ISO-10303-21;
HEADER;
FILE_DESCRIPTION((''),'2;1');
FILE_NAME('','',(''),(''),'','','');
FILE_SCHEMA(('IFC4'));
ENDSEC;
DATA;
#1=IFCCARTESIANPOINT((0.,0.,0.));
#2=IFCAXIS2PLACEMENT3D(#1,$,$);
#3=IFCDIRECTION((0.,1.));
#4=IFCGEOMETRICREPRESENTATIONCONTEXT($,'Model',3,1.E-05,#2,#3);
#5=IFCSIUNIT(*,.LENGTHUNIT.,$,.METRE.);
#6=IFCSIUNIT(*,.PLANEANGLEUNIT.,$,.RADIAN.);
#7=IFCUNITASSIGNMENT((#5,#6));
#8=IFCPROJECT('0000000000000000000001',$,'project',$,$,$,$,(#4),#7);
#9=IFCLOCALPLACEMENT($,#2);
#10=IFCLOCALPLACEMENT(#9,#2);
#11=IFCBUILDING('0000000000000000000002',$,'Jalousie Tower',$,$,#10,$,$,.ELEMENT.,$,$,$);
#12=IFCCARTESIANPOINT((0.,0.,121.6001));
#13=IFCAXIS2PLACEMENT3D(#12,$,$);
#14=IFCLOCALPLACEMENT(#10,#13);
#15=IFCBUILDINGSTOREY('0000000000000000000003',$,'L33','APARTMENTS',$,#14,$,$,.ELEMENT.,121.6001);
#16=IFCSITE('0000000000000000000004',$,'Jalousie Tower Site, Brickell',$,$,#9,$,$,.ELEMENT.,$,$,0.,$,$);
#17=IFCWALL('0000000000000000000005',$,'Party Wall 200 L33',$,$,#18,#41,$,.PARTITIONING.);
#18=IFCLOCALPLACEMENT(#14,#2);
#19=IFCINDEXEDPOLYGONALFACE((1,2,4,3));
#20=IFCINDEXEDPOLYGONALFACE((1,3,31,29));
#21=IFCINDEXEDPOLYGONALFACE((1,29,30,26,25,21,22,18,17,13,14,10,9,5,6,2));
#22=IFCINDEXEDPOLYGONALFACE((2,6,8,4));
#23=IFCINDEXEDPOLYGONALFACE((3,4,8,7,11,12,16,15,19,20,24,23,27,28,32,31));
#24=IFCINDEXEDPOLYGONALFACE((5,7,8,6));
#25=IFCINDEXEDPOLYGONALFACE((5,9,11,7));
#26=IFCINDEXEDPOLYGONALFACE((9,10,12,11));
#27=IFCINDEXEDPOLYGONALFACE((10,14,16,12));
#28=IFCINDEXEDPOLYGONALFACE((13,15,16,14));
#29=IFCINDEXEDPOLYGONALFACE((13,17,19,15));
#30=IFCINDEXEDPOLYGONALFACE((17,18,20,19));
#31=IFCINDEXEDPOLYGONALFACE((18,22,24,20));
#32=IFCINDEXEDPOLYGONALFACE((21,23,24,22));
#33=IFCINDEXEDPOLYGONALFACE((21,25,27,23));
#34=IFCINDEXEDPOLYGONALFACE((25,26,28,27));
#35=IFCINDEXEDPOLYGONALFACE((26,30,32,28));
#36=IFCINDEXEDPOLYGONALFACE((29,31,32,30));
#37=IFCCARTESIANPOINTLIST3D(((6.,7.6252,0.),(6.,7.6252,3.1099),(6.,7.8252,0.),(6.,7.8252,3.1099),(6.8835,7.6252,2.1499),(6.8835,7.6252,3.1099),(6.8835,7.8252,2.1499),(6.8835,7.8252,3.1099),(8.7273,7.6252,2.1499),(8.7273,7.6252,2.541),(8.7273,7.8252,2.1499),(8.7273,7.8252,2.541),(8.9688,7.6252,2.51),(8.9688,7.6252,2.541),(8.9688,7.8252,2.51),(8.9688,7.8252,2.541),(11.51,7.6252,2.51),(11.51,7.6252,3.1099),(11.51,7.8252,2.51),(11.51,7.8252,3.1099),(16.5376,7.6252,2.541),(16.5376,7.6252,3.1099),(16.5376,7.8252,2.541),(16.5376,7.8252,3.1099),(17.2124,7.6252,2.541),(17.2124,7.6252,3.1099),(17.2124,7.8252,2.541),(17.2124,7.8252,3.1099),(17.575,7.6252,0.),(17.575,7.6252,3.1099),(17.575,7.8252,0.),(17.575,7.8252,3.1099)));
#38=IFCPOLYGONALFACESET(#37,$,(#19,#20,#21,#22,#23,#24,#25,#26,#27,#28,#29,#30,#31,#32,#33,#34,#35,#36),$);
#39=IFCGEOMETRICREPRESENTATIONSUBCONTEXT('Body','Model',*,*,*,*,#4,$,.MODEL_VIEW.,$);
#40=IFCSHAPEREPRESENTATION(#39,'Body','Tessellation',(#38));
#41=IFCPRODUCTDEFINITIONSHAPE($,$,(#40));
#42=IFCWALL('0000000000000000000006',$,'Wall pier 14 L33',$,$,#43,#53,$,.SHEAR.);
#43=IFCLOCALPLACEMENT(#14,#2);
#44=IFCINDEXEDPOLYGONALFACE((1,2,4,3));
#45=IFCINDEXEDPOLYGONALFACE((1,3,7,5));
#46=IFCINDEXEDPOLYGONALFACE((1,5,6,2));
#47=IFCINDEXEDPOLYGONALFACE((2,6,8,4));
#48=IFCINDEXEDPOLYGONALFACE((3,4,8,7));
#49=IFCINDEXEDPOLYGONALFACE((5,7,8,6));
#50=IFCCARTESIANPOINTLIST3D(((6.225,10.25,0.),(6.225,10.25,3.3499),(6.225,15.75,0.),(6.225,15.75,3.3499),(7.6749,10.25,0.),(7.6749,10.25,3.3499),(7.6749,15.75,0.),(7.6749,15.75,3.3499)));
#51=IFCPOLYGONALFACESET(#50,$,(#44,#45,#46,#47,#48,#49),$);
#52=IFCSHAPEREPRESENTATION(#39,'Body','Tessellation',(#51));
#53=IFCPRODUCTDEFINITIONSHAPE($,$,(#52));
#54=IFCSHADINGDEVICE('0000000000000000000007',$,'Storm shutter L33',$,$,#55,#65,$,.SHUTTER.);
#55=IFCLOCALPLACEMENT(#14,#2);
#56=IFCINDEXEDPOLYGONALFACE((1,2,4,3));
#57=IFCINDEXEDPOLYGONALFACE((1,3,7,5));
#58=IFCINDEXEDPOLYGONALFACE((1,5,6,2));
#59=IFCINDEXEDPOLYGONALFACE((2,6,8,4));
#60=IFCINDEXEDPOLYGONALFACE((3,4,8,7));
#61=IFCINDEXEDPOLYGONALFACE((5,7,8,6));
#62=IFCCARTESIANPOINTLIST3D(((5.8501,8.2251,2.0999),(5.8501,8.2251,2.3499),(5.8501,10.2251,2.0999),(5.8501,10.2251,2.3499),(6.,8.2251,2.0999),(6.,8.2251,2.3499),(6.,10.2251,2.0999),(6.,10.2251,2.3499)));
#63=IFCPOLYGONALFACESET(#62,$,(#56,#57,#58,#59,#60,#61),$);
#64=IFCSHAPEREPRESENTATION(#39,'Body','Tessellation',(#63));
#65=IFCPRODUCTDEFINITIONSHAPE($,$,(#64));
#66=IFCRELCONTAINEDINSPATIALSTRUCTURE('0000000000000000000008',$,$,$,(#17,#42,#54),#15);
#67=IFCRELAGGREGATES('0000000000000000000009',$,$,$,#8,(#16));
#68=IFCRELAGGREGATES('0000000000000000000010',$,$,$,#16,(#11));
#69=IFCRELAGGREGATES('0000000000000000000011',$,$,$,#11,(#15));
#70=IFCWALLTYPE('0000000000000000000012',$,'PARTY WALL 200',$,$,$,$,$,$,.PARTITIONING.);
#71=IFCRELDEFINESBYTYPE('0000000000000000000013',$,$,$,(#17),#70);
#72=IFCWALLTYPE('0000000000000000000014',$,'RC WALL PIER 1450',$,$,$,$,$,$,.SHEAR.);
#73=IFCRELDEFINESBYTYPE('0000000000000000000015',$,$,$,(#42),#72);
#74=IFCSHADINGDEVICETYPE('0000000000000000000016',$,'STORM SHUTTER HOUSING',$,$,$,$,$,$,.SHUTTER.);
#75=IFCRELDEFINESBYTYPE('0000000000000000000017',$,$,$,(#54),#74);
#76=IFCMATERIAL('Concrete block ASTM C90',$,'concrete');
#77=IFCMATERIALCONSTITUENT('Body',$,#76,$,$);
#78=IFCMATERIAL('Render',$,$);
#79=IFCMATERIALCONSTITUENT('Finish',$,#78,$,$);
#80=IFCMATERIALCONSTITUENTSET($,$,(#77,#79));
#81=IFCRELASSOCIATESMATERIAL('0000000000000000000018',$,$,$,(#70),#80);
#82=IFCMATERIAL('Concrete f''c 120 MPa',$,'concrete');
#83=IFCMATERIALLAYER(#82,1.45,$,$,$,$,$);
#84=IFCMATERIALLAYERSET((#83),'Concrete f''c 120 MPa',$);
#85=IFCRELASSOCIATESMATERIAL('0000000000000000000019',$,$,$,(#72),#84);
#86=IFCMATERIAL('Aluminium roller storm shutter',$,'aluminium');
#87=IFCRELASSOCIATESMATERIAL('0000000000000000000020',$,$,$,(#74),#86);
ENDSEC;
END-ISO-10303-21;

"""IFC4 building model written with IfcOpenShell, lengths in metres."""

from ifc_helpers import new_model, si_unit, direction, frame, frame_2d, origin, origin_2d, place, context, subcontext, project, spatial, polyline, rectangle, outline, extrude, material, layer, layer_set, constituent, constituent_set, type_object, element, save


model = new_model("IFC4")

# Units and contexts
model_context = context("Model", 3, precision=1e-05, world=origin(), true_north=direction((0.0, 1.0)))
body_context = subcontext(model_context, "Body", "Model", "MODEL_VIEW")
ifc_project = project(units=[si_unit("LENGTHUNIT", "METRE"), si_unit("PLANEANGLEUNIT", "RADIAN")], contexts=[model_context])

# Site, building, storey
site_placement = place(None, origin())
site = spatial("IfcSite", under=ifc_project, at=site_placement, Name="Jalousie Tower Site, Brickell", CompositionType="ELEMENT", RefElevation=0.0)
building_placement = place(site_placement, origin())
building = spatial("IfcBuilding", under=site, at=building_placement, Name="Jalousie Tower", CompositionType="ELEMENT")
storey_placement = place(building_placement, frame((0.0, 0.0, 121.6001)))
storey = spatial("IfcBuildingStorey", under=building, at=storey_placement, Name="L33", Description="APARTMENTS", CompositionType="ELEMENT", Elevation=121.6001)

# Walls
ifc_material_1 = material(Name="Concrete block ASTM C90", Category="concrete")
ifc_constituent_1 = constituent(ifc_material_1, Name="Body")
ifc_material_2 = material(Name="Render")
ifc_constituent_2 = constituent(ifc_material_2, Name="Finish")
ifc_constituent_set_1 = constituent_set(constituents=[ifc_constituent_1, ifc_constituent_2])
wall_type_1 = type_object("IfcWallType", Name="PARTY WALL 200", PredefinedType="PARTITIONING", material=ifc_constituent_set_1)
wall_1_placement = place(storey_placement, frame((6.0, 7.7251, 0.0), z_axis=(0.0, 0.0, 1.0), x_axis=(1.0, 0.0, 0.0)))
element("IfcWall", 1, at=wall_1_placement, inside=storey, type_object=wall_type_1, Name="Party Wall 200 L33", PredefinedType="PARTITIONING", context=body_context, shape_type="SweptSolid", body=[
    extrude(outline(polyline([(0.0, 0.0), (11.575, 0.0), (11.575, 3.1099), (11.2124, 3.1099), (11.2124, 2.541), (10.5376, 2.541), (10.5376, 3.1099), (5.51, 3.1099), (5.51, 2.51), (2.9688, 2.51), (2.9688, 2.541), (2.7273, 2.541), (2.7273, 2.1499), (0.8835, 2.1499), (0.8835, 3.1099), (0.0, 3.1099), (0.0, 0.0)])), frame((0.0, 0.1001, 0.0), z_axis=(0.0, -1.0, 0.0), x_axis=(1.0, 0.0, 0.0)), (0.0, 0.0, 1.0), 0.2),
])
ifc_material_3 = material(Name="Concrete f'c 120 MPa", Category="concrete")
ifc_layer_1 = layer(ifc_material_3, 1.45)
ifc_layer_set_1 = layer_set([ifc_layer_1], Name="Concrete f'c 120 MPa")
wall_type_2 = type_object("IfcWallType", Name="RC WALL PIER 1450", PredefinedType="SHEAR", material=ifc_layer_set_1)
wall_2_placement = place(storey_placement, frame((6.95, 10.25, 0.0), z_axis=(0.0, 0.0, 1.0), x_axis=(0.0, 1.0, 0.0)))
element("IfcWall", 2, at=wall_2_placement, inside=storey, type_object=wall_type_2, Name="Wall pier 14 L33", PredefinedType="SHEAR", context=body_context, shape_type="SweptSolid", body=[
    extrude(rectangle(XDim=5.5, YDim=1.45, at=frame_2d((2.75, 0.0))), origin(), (0.0, 0.0, 1.0), 3.3499),
])

# Shading device
ifc_material_4 = material(Name="Aluminium roller storm shutter", Category="aluminium")
shading_device_type = type_object("IfcShadingDeviceType", Name="STORM SHUTTER HOUSING", PredefinedType="SHUTTER", material=ifc_material_4)
shading_device_placement = place(storey_placement, frame((5.925, 9.2251, 2.0999), z_axis=(0.0, 0.0, 1.0), x_axis=(0.0, -1.0, 0.0)))
element("IfcShadingDevice", 3, at=shading_device_placement, inside=storey, type_object=shading_device_type, Name="Storm shutter L33", PredefinedType="SHUTTER", context=body_context, shape_type="SweptSolid", body=[
    extrude(rectangle(XDim=2.0, YDim=0.1499, at=origin_2d()), origin(), (0.0, 0.0, 1.0), 0.25),
])

save(model, "model.ifc")
